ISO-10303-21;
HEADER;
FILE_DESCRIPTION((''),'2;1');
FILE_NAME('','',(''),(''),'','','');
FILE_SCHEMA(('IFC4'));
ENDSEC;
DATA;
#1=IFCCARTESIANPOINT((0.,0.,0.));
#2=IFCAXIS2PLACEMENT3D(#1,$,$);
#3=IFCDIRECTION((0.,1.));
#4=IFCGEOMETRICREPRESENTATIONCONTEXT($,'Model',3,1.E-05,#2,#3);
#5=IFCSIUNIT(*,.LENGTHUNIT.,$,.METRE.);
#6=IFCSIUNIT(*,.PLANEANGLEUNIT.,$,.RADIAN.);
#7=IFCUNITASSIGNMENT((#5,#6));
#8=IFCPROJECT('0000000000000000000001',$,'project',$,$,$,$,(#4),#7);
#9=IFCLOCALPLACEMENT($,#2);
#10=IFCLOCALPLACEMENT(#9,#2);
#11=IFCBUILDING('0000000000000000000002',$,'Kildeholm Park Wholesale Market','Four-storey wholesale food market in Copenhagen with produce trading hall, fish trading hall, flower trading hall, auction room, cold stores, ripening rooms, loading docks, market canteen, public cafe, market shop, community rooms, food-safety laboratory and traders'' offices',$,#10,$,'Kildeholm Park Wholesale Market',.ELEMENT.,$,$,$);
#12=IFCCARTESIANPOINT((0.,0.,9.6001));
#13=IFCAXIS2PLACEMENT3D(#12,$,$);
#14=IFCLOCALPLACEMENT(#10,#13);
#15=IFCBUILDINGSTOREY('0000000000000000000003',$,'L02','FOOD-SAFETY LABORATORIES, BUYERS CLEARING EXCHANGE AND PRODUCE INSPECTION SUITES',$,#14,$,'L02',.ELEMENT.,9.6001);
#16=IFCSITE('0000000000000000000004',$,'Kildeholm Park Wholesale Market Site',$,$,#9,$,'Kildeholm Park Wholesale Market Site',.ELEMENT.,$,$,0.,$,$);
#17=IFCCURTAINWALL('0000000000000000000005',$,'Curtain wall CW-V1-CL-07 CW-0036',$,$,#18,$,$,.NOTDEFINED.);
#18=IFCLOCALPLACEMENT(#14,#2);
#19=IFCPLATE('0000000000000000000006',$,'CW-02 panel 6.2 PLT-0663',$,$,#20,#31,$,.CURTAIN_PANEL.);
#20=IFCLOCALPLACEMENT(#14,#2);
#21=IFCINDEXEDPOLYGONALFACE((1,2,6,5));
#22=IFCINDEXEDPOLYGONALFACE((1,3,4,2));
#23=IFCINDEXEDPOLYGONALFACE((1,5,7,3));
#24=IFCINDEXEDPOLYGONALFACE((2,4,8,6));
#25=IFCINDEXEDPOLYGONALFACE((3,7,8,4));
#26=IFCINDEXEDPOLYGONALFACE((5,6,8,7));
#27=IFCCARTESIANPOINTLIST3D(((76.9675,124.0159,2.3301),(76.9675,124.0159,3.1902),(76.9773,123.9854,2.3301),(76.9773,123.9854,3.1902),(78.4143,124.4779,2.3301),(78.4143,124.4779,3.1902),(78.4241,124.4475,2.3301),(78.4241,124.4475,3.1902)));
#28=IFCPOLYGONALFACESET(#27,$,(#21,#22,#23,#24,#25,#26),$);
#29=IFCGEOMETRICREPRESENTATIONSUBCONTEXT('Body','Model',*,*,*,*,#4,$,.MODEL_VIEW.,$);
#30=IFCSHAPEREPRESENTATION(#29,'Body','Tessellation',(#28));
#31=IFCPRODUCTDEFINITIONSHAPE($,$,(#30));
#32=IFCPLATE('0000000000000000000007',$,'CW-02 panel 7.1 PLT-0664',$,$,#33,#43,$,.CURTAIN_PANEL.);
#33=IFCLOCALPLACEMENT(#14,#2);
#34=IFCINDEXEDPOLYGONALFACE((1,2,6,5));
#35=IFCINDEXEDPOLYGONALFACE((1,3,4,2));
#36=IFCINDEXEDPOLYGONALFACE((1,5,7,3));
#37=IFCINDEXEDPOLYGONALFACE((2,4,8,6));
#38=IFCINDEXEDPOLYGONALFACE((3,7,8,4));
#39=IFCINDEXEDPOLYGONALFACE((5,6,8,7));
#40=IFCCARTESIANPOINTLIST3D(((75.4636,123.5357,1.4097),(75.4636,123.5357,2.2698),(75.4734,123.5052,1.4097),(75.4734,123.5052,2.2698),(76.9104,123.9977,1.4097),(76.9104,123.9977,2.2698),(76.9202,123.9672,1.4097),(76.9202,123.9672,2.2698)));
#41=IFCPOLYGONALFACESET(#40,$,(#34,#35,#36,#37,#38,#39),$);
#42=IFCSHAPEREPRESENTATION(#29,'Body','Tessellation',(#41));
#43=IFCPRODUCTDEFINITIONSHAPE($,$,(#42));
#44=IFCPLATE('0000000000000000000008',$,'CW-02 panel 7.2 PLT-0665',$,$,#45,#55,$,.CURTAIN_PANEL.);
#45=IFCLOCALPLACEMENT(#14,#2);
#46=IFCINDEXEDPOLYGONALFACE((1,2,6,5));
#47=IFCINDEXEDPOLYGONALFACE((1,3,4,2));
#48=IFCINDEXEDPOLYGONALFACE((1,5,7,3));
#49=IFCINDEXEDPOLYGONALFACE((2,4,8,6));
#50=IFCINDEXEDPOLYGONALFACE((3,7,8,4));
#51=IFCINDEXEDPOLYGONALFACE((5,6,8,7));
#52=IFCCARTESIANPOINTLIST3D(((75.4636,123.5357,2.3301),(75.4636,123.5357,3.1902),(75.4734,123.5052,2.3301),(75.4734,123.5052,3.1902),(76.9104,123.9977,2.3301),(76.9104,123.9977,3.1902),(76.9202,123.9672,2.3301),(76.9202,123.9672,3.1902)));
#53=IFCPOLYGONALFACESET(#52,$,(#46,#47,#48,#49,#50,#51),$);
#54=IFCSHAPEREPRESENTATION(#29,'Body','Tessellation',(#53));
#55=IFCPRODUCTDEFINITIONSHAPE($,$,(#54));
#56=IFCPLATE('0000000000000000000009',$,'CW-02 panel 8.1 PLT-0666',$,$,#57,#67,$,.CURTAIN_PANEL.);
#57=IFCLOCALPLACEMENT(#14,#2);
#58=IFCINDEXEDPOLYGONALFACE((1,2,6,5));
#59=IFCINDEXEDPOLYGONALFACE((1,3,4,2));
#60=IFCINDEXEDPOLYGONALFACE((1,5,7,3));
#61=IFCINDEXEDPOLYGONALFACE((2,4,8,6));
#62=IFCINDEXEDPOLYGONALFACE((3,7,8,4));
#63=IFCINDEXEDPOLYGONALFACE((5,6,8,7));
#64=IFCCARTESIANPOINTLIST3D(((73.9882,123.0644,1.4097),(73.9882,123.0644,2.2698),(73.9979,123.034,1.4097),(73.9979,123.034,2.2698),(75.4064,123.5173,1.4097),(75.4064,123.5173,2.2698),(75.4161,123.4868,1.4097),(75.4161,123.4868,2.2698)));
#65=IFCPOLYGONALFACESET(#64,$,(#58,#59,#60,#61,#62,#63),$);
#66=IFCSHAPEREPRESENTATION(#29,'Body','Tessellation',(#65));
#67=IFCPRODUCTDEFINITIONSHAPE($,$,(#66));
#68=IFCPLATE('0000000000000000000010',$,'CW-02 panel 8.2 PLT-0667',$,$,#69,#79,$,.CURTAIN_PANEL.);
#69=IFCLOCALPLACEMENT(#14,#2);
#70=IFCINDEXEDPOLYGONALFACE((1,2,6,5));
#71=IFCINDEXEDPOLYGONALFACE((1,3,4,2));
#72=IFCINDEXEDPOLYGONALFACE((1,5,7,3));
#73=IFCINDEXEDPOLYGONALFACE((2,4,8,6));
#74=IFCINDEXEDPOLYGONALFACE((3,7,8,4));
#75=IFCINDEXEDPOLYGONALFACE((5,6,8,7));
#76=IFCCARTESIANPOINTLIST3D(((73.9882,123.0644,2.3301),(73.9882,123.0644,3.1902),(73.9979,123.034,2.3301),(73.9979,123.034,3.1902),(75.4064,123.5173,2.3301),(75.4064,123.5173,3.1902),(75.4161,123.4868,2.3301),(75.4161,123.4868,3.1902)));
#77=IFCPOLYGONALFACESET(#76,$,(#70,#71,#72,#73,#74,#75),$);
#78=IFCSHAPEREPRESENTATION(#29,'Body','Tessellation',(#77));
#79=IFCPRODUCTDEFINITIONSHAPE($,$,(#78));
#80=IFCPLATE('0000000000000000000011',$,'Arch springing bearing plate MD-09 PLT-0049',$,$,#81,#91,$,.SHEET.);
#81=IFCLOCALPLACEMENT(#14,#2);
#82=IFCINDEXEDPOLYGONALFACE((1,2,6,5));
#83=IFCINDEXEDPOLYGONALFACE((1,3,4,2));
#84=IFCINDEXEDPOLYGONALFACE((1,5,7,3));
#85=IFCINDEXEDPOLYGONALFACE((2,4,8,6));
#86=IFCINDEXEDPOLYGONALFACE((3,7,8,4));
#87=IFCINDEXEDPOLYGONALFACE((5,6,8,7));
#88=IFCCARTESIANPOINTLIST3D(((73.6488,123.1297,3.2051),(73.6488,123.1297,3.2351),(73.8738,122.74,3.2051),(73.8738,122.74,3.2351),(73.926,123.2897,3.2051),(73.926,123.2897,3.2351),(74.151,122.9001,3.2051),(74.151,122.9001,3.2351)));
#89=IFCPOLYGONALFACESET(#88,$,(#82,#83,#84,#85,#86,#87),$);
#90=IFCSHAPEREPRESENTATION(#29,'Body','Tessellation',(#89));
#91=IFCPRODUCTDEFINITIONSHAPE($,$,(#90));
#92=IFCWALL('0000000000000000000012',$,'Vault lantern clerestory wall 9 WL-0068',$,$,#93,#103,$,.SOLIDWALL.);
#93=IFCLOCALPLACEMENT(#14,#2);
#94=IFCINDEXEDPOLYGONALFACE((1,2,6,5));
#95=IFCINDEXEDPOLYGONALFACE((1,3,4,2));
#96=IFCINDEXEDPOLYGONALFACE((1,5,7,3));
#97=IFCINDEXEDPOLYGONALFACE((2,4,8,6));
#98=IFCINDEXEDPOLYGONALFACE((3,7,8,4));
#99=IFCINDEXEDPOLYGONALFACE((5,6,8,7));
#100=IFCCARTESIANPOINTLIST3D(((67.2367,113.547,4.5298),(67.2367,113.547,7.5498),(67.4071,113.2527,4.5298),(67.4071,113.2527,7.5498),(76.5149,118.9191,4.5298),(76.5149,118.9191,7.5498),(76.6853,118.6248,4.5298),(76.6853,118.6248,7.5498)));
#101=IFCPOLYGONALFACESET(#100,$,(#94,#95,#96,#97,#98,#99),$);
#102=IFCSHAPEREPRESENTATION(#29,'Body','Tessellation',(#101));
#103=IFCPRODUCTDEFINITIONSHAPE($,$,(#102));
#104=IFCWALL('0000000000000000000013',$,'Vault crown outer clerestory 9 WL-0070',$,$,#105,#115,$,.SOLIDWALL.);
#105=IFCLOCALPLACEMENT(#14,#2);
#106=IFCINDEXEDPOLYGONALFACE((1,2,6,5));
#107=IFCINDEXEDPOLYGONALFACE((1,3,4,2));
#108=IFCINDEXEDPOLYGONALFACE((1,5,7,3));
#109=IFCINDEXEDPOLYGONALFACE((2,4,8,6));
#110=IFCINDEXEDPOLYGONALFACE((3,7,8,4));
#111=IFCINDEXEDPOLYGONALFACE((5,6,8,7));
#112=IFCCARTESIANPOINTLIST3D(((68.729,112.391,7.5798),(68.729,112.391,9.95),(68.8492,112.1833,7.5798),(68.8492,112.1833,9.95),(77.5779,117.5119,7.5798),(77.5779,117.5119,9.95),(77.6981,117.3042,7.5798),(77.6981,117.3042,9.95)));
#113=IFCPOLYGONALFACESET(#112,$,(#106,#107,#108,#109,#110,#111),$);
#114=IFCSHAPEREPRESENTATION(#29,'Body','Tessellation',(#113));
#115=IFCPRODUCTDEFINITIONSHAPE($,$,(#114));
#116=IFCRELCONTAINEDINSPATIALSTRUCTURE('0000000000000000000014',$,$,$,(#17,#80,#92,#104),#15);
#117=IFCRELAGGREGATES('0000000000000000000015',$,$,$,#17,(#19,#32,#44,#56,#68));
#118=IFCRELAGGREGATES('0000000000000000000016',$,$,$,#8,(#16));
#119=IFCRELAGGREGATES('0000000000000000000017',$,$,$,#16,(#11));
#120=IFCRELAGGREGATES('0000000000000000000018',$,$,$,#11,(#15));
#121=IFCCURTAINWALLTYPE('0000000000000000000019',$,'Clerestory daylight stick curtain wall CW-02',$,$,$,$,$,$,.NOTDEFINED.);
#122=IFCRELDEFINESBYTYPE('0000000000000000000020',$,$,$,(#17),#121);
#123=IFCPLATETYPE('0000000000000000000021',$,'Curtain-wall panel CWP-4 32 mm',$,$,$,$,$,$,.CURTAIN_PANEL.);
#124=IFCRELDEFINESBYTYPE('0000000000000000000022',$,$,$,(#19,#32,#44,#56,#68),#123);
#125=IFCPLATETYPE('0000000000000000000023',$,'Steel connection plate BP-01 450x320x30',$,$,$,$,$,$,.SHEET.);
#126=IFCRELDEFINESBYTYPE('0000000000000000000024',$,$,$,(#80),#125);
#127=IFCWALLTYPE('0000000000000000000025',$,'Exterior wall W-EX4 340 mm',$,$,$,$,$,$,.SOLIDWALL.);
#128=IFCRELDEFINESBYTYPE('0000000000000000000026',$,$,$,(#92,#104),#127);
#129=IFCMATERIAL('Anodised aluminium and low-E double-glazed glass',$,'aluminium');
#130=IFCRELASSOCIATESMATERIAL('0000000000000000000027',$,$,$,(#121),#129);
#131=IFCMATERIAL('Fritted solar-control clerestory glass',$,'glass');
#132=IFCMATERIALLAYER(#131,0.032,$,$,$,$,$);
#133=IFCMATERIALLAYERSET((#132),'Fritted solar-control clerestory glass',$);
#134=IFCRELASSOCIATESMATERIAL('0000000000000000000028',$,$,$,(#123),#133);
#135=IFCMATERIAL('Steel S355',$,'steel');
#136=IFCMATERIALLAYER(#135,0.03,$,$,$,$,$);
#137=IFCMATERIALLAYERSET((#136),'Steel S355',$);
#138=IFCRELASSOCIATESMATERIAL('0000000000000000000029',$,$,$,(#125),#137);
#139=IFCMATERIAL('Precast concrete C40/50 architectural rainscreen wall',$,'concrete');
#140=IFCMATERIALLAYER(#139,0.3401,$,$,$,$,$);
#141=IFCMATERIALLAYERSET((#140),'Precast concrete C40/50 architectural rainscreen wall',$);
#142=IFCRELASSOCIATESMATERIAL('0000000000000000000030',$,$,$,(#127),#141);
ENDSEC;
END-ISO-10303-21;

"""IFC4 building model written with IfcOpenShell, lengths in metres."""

from ifc_helpers import new_model, si_unit, direction, frame, frame_2d, origin, origin_2d, place, context, subcontext, project, spatial, rectangle, extrude, material, layer, layer_set, type_object, element, aggregate, save


model = new_model("IFC4")

# Units and contexts
model_context = context("Model", 3, precision=1e-05, world=origin(), true_north=direction((0.0, 1.0)))
body_context = subcontext(model_context, "Body", "Model", "MODEL_VIEW")
ifc_project = project(units=[si_unit("LENGTHUNIT", "METRE"), si_unit("PLANEANGLEUNIT", "RADIAN")], contexts=[model_context])

# Site, building, storey
site_placement = place(None, origin())
site = spatial("IfcSite", under=ifc_project, at=site_placement, Name="Kildeholm Park Wholesale Market Site", LongName="Kildeholm Park Wholesale Market Site", CompositionType="ELEMENT", RefElevation=0.0)
building_placement = place(site_placement, origin())
building = spatial("IfcBuilding", under=site, at=building_placement, Name="Kildeholm Park Wholesale Market", Description="Four-storey wholesale food market in Copenhagen with produce trading hall, fish trading hall, flower trading hall, auction room, cold stores, ripening rooms, loading docks, market canteen, public cafe, market shop, community rooms, food-safety laboratory and traders' offices", LongName="Kildeholm Park Wholesale Market", CompositionType="ELEMENT")
storey_placement = place(building_placement, frame((0.0, 0.0, 9.6001)))
storey = spatial("IfcBuildingStorey", under=building, at=storey_placement, Name="L02", Description="FOOD-SAFETY LABORATORIES, BUYERS CLEARING EXCHANGE AND PRODUCE INSPECTION SUITES", LongName="L02", CompositionType="ELEMENT", Elevation=9.6001)

# Shared definitions
ifc_material_1 = material(Name="Steel S355", Category="steel")

# Curtain wall, plates
ifc_material_2 = material(Name="Anodised aluminium and low-E double-glazed glass", Category="aluminium")
curtain_wall_type = type_object("IfcCurtainWallType", Name="Clerestory daylight stick curtain wall CW-02", PredefinedType="NOTDEFINED", material=ifc_material_2)
curtain_wall_placement = place(storey_placement, origin())
curtain_wall = element("IfcCurtainWall", 1, at=curtain_wall_placement, inside=storey, type_object=curtain_wall_type, Name="Curtain wall CW-V1-CL-07 CW-0036", PredefinedType="NOTDEFINED")
ifc_material_3 = material(Name="Fritted solar-control clerestory glass", Category="glass")
ifc_layer_1 = layer(ifc_material_3, 0.032)
ifc_layer_set_1 = layer_set([ifc_layer_1], Name="Fritted solar-control clerestory glass")
plate_type_1 = type_object("IfcPlateType", Name="Curtain-wall panel CWP-4 32 mm", PredefinedType="CURTAIN_PANEL", material=ifc_layer_set_1)
plate_1_placement = place(storey_placement, frame((77.6958, 124.2317, 2.3301), z_axis=(0.0, 0.0, 1.0), x_axis=(-0.952606, -0.304207, 0.0)))
plate_1 = element("IfcPlate", 2, at=plate_1_placement, type_object=plate_type_1, Name="CW-02 panel 6.2 PLT-0663", PredefinedType="CURTAIN_PANEL", context=body_context, shape_type="SweptSolid", body=[
    extrude(rectangle(XDim=1.5188, YDim=0.032, at=origin_2d()), origin(), (0.0, 0.0, 1.0), 0.8601),
])
plate_2_placement = place(storey_placement, frame((76.1919, 123.7515, 1.4097), z_axis=(0.0, 0.0, 1.0), x_axis=(-0.952606, -0.304207, 0.0)))
plate_2 = element("IfcPlate", 3, at=plate_2_placement, type_object=plate_type_1, Name="CW-02 panel 7.1 PLT-0664", PredefinedType="CURTAIN_PANEL", context=body_context, shape_type="SweptSolid", body=[
    extrude(rectangle(XDim=1.5188, YDim=0.032, at=origin_2d()), origin(), (0.0, 0.0, 1.0), 0.8601),
])
plate_3_placement = place(storey_placement, frame((76.1919, 123.7515, 2.3301), z_axis=(0.0, 0.0, 1.0), x_axis=(-0.952606, -0.304207, 0.0)))
plate_3 = element("IfcPlate", 4, at=plate_3_placement, type_object=plate_type_1, Name="CW-02 panel 7.2 PLT-0665", PredefinedType="CURTAIN_PANEL", context=body_context, shape_type="SweptSolid", body=[
    extrude(rectangle(XDim=1.5188, YDim=0.032, at=origin_2d()), origin(), (0.0, 0.0, 1.0), 0.8601),
])
plate_4_placement = place(storey_placement, frame((74.7021, 123.2756, 1.4097), z_axis=(0.0, 0.0, 1.0), x_axis=(-0.952606, -0.304207, 0.0)))
plate_4 = element("IfcPlate", 5, at=plate_4_placement, type_object=plate_type_1, Name="CW-02 panel 8.1 PLT-0666", PredefinedType="CURTAIN_PANEL", context=body_context, shape_type="SweptSolid", body=[
    extrude(rectangle(XDim=1.4888, YDim=0.032, at=origin_2d()), origin(), (0.0, 0.0, 1.0), 0.8601),
])
plate_5_placement = place(storey_placement, frame((74.7021, 123.2756, 2.3301), z_axis=(0.0, 0.0, 1.0), x_axis=(-0.952606, -0.304207, 0.0)))
plate_5 = element("IfcPlate", 6, at=plate_5_placement, type_object=plate_type_1, Name="CW-02 panel 8.2 PLT-0667", PredefinedType="CURTAIN_PANEL", context=body_context, shape_type="SweptSolid", body=[
    extrude(rectangle(XDim=1.4888, YDim=0.032, at=origin_2d()), origin(), (0.0, 0.0, 1.0), 0.8601),
])
aggregate(curtain_wall, [plate_1, plate_2, plate_3, plate_4, plate_5])

# Plate
ifc_layer_2 = layer(ifc_material_1, 0.03)
ifc_layer_set_2 = layer_set([ifc_layer_2], Name="Steel S355")
plate_type_2 = type_object("IfcPlateType", Name="Steel connection plate BP-01 450x320x30", PredefinedType="SHEET", material=ifc_layer_set_2)
plate_6_placement = place(storey_placement, frame((73.8999, 123.0149, 3.2051), z_axis=(0.0, 0.0, 1.0), x_axis=(-0.5, 0.866025, 0.0)))
element("IfcPlate", 7, at=plate_6_placement, inside=storey, type_object=plate_type_2, Name="Arch springing bearing plate MD-09 PLT-0049", PredefinedType="SHEET", context=body_context, shape_type="SweptSolid", body=[
    extrude(rectangle(XDim=0.45, YDim=0.3201, at=origin_2d()), origin(), (0.0, 0.0, 1.0), 0.03),
])

# Walls
ifc_material_4 = material(Name="Precast concrete C40/50 architectural rainscreen wall", Category="concrete")
ifc_layer_3 = layer(ifc_material_4, 0.3401)
ifc_layer_set_3 = layer_set([ifc_layer_3], Name="Precast concrete C40/50 architectural rainscreen wall")
wall_type = type_object("IfcWallType", Name="Exterior wall W-EX4 340 mm", PredefinedType="SOLIDWALL", material=ifc_layer_set_3)
wall_1_placement = place(storey_placement, frame((76.6001, 118.772, 4.5298), z_axis=(0.0, 0.0, 1.0), x_axis=(-0.865404, -0.501075, 0.0)))
element("IfcWall", 8, at=wall_1_placement, inside=storey, type_object=wall_type, Name="Vault lantern clerestory wall 9 WL-0068", PredefinedType="SOLIDWALL", context=body_context, shape_type="SweptSolid", body=[
    extrude(rectangle(XDim=10.7212, YDim=0.3401, at=frame_2d((5.3606, 0.0))), origin(), (0.0, 0.0, 1.0), 3.02),
])
wall_2_placement = place(storey_placement, frame((77.6379, 117.408, 7.5798), z_axis=(0.0, 0.0, 1.0), x_axis=(-0.865519, -0.500876, 0.0)))
element("IfcWall", 9, at=wall_2_placement, inside=storey, type_object=wall_type, Name="Vault crown outer clerestory 9 WL-0070", PredefinedType="SOLIDWALL", context=body_context, shape_type="SweptSolid", body=[
    extrude(rectangle(XDim=10.2239, YDim=0.24, at=frame_2d((5.1118, 0.0))), origin(), (0.0, 0.0, 1.0), 2.3701),
])

save(model, "model.ifc")
